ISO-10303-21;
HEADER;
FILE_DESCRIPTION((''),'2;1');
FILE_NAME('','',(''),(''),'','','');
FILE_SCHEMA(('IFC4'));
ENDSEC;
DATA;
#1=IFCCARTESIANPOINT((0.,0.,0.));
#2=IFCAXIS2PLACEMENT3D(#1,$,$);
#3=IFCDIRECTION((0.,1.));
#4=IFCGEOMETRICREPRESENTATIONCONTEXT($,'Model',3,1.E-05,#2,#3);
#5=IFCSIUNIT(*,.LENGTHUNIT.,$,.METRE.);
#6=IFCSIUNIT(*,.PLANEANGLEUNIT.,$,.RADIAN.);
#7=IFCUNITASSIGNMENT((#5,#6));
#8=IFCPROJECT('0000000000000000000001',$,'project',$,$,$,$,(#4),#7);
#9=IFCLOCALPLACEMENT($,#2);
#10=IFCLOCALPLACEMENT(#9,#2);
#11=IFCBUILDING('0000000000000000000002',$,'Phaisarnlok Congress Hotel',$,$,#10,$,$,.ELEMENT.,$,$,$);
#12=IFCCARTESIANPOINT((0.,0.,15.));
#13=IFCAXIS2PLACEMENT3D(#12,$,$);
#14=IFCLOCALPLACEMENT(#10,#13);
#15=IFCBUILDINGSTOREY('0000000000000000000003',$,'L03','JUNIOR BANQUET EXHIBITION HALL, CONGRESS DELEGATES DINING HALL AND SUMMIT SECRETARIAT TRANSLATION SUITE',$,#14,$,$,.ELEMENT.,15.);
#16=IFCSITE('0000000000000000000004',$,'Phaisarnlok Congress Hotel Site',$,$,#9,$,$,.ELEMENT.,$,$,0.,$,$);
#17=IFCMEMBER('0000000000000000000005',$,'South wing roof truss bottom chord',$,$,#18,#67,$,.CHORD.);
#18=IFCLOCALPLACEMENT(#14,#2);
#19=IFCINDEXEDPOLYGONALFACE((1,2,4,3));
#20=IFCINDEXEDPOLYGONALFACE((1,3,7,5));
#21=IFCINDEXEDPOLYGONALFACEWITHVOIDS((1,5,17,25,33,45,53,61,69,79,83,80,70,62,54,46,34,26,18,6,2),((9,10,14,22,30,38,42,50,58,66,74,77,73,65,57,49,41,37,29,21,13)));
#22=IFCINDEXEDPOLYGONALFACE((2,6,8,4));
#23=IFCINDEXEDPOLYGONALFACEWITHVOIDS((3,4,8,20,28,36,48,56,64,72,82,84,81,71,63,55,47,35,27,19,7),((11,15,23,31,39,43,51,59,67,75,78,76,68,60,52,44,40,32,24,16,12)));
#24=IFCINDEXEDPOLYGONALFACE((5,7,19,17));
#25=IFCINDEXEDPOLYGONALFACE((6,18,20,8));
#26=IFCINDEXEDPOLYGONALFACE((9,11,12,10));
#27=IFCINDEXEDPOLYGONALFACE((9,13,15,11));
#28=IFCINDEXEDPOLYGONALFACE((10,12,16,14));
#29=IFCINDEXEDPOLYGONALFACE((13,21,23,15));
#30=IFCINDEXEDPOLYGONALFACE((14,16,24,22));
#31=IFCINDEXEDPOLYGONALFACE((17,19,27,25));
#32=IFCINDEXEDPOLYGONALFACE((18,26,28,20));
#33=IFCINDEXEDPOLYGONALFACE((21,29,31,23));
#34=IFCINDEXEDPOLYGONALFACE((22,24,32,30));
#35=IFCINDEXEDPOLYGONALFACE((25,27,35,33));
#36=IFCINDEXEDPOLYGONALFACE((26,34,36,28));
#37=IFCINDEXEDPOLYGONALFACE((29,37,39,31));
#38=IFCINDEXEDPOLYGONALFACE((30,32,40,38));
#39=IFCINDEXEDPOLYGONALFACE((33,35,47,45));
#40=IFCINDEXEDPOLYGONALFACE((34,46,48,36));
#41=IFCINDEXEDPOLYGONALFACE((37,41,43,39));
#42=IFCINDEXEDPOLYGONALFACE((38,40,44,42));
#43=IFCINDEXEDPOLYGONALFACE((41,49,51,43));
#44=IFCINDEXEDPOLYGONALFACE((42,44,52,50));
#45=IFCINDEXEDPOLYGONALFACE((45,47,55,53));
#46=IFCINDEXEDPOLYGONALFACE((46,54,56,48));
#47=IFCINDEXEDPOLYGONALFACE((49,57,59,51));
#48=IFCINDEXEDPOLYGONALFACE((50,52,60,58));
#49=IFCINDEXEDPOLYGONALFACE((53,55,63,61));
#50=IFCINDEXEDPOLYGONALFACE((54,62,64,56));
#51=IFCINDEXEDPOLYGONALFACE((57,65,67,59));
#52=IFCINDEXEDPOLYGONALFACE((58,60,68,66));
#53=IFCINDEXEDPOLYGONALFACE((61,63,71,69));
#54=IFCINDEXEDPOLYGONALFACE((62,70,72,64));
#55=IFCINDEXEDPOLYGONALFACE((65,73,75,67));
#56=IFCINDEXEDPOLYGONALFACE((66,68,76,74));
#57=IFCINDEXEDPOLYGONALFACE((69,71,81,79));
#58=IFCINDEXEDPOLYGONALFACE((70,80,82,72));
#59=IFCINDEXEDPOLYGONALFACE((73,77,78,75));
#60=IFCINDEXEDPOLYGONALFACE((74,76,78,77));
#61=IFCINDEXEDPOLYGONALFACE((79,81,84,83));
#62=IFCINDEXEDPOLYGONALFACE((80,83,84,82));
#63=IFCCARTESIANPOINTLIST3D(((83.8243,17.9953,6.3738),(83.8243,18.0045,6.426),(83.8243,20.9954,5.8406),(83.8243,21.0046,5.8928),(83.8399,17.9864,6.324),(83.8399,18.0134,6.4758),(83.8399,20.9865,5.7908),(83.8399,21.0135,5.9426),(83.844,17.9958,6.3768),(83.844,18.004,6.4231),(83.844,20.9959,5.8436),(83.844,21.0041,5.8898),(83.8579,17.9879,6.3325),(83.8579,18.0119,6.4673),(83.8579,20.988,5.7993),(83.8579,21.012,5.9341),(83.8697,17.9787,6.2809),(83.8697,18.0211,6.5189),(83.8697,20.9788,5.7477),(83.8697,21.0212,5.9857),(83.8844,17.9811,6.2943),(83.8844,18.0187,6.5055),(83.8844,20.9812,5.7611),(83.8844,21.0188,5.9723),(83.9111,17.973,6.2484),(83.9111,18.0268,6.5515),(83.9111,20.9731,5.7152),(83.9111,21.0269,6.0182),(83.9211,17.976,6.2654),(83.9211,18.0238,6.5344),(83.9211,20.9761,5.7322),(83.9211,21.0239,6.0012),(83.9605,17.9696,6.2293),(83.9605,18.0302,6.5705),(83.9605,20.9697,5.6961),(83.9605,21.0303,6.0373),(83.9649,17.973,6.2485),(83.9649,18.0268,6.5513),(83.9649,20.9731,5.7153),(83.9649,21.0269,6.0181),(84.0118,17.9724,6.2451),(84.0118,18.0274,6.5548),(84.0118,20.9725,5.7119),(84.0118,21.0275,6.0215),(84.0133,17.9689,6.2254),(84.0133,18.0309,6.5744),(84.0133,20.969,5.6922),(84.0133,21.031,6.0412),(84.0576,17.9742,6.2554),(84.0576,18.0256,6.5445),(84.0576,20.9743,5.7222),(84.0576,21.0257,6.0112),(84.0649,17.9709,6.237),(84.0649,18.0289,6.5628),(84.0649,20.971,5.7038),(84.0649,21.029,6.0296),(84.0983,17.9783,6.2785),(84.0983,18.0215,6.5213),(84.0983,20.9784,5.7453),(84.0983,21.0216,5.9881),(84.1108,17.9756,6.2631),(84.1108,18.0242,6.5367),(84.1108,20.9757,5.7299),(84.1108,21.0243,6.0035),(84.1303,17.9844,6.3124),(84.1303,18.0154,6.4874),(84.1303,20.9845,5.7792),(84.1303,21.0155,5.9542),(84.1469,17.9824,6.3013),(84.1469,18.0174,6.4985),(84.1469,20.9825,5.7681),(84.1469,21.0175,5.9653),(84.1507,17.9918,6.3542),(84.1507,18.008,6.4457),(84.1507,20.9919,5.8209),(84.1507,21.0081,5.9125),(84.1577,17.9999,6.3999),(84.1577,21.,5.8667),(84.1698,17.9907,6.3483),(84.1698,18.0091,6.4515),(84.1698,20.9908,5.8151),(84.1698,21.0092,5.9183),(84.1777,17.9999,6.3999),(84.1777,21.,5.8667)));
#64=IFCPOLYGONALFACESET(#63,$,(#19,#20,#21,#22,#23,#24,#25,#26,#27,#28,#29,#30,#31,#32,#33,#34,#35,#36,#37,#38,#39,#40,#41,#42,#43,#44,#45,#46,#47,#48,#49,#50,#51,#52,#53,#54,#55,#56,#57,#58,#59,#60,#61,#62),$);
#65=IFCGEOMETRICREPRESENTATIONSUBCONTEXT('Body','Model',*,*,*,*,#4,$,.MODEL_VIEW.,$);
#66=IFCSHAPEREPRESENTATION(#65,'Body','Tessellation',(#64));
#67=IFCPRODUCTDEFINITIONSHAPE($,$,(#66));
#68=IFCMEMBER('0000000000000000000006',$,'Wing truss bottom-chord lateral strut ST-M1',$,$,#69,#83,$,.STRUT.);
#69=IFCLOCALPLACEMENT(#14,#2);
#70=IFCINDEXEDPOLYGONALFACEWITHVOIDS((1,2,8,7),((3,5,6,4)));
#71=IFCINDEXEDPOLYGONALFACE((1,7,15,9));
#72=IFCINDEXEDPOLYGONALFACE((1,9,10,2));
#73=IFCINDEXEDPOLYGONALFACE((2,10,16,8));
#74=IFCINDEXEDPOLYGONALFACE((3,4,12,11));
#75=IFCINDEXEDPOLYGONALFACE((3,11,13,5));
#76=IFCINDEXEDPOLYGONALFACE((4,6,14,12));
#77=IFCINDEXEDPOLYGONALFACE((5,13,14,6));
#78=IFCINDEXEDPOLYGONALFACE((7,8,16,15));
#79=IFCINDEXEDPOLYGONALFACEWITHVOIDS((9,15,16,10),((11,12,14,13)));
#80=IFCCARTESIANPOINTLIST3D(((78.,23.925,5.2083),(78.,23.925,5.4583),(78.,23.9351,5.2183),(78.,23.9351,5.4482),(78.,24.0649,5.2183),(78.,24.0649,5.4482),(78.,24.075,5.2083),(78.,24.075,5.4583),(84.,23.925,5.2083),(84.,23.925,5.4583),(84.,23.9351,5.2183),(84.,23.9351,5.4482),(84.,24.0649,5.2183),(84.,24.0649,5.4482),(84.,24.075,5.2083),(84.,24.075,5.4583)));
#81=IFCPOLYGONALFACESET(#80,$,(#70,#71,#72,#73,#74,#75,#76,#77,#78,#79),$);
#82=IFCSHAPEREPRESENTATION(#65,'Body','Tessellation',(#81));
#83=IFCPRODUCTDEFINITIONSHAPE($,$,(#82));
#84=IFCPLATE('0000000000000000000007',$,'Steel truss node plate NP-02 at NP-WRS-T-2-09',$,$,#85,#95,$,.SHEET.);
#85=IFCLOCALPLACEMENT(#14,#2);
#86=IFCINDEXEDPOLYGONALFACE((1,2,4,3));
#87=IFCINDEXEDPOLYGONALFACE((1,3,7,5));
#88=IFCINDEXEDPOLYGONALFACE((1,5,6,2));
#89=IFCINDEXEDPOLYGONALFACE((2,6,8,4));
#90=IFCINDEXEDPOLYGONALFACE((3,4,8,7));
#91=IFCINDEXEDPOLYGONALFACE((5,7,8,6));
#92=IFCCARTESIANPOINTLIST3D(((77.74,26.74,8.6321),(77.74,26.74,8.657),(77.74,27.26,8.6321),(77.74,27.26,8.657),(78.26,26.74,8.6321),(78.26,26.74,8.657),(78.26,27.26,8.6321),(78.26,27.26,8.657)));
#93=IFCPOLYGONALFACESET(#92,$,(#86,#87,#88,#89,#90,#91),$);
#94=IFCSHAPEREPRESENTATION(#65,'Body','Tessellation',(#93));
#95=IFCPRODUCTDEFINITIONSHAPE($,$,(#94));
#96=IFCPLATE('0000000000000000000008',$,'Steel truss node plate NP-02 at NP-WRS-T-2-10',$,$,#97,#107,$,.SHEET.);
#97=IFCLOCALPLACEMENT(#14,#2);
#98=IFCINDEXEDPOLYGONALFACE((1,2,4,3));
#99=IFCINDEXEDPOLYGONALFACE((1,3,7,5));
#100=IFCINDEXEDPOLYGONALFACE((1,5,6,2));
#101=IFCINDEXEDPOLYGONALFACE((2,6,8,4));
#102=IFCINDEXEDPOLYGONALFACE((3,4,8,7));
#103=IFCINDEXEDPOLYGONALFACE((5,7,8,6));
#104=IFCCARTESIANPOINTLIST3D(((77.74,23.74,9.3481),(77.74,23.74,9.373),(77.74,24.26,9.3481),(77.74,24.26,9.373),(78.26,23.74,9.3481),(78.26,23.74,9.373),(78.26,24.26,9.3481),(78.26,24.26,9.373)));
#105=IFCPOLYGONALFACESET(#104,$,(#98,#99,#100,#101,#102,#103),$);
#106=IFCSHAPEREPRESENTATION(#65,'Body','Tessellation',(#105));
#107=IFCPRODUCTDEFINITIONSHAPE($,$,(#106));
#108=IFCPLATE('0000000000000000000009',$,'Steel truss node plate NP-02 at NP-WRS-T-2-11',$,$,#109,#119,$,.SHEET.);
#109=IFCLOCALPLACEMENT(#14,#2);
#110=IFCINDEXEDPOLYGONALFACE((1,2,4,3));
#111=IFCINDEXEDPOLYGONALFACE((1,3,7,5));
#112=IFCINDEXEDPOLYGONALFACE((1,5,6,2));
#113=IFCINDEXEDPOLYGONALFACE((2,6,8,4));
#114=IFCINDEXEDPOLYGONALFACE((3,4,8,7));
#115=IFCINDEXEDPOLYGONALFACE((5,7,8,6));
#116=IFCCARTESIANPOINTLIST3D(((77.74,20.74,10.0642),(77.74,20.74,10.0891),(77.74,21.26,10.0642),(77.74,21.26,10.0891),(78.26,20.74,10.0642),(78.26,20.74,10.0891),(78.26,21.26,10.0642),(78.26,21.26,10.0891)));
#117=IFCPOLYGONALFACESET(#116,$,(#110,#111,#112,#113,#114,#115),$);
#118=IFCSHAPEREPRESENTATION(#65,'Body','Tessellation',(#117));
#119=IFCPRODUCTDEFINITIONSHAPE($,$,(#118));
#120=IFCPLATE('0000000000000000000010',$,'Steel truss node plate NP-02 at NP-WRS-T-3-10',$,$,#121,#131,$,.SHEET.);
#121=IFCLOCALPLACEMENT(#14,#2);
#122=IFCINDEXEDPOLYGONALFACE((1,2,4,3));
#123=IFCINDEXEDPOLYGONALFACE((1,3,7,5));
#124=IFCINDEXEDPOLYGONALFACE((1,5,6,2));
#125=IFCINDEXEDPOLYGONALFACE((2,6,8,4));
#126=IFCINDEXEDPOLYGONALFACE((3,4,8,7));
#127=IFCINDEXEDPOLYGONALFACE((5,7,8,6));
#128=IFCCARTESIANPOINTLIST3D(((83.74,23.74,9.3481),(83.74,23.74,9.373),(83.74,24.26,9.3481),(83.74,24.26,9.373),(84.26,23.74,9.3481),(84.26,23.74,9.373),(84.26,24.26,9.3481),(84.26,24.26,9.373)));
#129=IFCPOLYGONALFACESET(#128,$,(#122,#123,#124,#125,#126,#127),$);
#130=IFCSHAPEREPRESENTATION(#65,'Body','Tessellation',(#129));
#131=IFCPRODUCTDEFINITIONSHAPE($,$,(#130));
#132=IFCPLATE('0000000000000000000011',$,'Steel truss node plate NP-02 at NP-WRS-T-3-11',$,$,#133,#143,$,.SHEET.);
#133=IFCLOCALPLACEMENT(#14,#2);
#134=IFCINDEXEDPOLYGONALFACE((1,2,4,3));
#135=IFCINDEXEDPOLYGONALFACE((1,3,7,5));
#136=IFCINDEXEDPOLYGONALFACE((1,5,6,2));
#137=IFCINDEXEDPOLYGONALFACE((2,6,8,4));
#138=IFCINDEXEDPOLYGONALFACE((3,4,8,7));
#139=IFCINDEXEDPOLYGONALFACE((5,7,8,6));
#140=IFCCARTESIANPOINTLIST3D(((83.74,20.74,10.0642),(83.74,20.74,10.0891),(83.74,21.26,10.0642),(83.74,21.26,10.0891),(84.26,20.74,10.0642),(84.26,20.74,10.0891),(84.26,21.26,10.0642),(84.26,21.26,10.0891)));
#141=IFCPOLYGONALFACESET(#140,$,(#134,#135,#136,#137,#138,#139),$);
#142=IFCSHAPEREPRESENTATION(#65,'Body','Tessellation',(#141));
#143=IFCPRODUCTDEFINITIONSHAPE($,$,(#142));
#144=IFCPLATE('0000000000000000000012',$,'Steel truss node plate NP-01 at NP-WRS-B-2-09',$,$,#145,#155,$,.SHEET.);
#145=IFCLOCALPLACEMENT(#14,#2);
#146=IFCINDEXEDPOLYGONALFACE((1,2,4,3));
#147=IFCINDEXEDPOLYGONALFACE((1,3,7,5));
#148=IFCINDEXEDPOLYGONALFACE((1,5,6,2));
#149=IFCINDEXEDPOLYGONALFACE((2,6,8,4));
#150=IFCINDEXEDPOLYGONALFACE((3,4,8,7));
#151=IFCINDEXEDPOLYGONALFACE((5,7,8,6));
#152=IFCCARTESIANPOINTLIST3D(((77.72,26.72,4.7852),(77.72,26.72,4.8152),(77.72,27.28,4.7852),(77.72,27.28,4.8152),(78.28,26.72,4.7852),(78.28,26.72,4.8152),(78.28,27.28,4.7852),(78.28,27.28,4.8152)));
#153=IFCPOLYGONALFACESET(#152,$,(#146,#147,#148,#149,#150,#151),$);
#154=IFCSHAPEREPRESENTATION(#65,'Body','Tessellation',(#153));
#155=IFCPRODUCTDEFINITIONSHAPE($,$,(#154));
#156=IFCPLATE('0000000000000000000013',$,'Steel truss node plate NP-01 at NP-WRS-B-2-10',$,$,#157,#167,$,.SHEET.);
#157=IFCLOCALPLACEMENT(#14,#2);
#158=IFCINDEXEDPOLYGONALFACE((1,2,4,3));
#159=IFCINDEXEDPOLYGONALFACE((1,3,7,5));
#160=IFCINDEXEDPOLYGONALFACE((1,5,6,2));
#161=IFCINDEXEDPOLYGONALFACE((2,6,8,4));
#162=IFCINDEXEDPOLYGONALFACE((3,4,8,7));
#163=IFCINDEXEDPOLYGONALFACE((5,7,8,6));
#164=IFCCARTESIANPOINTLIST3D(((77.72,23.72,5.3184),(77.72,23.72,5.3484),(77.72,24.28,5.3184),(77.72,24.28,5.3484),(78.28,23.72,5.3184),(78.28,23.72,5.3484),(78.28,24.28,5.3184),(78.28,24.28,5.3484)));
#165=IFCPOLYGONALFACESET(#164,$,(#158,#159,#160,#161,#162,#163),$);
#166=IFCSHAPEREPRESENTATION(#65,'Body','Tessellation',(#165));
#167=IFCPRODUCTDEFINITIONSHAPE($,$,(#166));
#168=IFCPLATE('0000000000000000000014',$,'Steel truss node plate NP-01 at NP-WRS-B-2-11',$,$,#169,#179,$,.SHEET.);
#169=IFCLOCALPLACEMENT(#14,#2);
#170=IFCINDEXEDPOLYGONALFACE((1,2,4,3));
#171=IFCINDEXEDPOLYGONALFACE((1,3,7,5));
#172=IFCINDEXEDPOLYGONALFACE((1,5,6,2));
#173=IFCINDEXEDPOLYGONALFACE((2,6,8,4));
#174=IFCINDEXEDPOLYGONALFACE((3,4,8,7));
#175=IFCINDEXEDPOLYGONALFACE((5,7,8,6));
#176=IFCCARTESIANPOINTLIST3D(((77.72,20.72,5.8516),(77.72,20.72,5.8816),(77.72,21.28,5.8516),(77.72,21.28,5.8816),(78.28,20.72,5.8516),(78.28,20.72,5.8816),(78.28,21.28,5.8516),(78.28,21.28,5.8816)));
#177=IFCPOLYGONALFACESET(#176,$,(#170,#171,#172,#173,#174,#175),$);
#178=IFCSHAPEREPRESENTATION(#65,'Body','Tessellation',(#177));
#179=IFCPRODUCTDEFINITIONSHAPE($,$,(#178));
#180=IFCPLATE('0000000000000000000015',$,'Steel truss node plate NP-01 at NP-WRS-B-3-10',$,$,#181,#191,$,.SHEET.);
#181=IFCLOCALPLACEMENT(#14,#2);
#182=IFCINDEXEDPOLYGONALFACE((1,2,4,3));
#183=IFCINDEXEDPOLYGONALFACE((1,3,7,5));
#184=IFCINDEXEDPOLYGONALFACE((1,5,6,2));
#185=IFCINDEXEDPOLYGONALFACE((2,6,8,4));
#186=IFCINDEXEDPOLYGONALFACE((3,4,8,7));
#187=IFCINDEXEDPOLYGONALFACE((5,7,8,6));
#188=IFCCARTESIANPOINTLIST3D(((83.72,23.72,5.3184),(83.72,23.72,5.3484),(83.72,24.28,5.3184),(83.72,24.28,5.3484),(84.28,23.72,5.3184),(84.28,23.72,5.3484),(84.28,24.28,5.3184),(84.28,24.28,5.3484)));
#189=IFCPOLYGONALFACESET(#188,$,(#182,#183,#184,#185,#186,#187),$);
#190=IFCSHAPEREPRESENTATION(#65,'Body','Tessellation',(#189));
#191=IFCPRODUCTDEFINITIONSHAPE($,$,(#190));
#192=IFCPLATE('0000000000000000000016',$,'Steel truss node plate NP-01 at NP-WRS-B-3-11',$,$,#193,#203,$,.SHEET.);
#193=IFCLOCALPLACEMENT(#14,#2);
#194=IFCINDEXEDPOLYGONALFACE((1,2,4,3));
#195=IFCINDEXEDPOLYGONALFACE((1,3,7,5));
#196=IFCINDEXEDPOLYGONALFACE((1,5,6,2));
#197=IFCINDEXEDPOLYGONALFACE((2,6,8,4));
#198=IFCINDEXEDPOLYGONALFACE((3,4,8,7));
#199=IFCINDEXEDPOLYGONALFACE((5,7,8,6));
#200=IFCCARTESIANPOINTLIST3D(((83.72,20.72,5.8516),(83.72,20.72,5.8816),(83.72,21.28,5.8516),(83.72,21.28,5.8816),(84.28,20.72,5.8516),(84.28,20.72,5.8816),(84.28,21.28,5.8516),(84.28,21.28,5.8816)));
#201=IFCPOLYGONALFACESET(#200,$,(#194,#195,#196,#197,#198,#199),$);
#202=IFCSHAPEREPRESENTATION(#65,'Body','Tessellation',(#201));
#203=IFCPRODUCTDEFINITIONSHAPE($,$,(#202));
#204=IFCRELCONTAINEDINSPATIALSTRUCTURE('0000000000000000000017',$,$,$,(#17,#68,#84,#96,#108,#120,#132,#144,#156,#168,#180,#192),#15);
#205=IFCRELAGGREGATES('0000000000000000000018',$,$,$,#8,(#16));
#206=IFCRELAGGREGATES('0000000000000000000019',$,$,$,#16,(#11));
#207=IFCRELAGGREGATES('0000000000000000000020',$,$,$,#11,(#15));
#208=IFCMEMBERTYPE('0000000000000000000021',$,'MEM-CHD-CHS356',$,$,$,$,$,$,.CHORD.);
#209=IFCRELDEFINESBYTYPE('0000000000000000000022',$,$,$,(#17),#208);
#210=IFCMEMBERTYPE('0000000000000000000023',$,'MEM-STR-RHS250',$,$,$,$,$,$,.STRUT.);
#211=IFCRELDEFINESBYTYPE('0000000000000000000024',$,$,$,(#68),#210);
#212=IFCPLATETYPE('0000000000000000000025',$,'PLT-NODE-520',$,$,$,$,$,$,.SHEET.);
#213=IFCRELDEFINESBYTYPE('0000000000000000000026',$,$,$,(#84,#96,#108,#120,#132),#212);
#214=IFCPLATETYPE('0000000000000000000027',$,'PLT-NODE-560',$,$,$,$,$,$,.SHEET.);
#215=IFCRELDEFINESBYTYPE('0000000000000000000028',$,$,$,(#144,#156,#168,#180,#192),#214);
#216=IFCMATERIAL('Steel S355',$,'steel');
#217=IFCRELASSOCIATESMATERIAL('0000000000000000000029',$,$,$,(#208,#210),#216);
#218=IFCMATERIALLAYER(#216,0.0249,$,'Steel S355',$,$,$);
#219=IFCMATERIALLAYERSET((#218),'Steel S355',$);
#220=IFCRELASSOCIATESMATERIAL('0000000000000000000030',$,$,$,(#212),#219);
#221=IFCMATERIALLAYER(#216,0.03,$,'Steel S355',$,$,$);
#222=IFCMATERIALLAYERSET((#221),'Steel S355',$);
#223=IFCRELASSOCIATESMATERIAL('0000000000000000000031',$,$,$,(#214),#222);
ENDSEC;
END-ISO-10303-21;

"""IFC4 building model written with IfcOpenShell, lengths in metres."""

from ifc_helpers import new_model, si_unit, direction, frame, origin, origin_2d, place, context, subcontext, project, spatial, rectangle, hollow_rectangle, hollow_circle, extrude, material, layer, layer_set, material_profile, profile_set, type_object, element, save


model = new_model("IFC4")

# Units and contexts
model_context = context("Model", 3, precision=1e-05, world=origin(), true_north=direction((0.0, 1.0)))
body_context = subcontext(model_context, "Body", "Model", "MODEL_VIEW")
ifc_project = project(units=[si_unit("LENGTHUNIT", "METRE"), si_unit("PLANEANGLEUNIT", "RADIAN")], contexts=[model_context])

# Site, building, storey
site_placement = place(None, origin())
site = spatial("IfcSite", under=ifc_project, at=site_placement, Name="Phaisarnlok Congress Hotel Site", CompositionType="ELEMENT", RefElevation=0.0)
building_placement = place(site_placement, origin())
building = spatial("IfcBuilding", under=site, at=building_placement, Name="Phaisarnlok Congress Hotel", CompositionType="ELEMENT")
storey_placement = place(building_placement, frame((0.0, 0.0, 15.0)))
storey = spatial("IfcBuildingStorey", under=building, at=storey_placement, Name="L03", Description="JUNIOR BANQUET EXHIBITION HALL, CONGRESS DELEGATES DINING HALL AND SUMMIT SECRETARIAT TRANSLATION SUITE", CompositionType="ELEMENT", Elevation=15.0)

# Shared definitions
ifc_material_1 = material(Name="Steel S355", Category="steel")

# Members
ifc_material_profile_1 = material_profile(ifc_material_1, hollow_circle(Radius=0.1777, WallThickness=0.02, at=origin_2d()), Name="CHS 355.6x20")
ifc_profile_set_1 = profile_set([ifc_material_profile_1], Name="Steel S355")
member_type_1 = type_object("IfcMemberType", Name="MEM-CHD-CHS356", PredefinedType="CHORD", material=ifc_profile_set_1)
for number, where, z_axis, x_axis, name in (
    (1, (84.0, 21.0, 5.8667), (0.0, -0.98457, 0.174992), (1.0, 0.0, 0.0), "South wing roof truss bottom chord"),
):
    element("IfcMember", number, at=place(storey_placement, frame(where, z_axis=z_axis, x_axis=x_axis)), inside=storey, type_object=member_type_1, Name=name, PredefinedType="CHORD", context=body_context, shape_type="SweptSolid", body=[
        extrude(hollow_circle(Radius=0.1777, WallThickness=0.02, at=origin_2d()), origin(), (0.0, 0.0, 1.0), 3.0471),
    ])
ifc_material_profile_2 = material_profile(ifc_material_1, hollow_rectangle(XDim=0.1499, YDim=0.25, WallThickness=0.01, at=origin_2d()), Name="RHS 250x150x10")
ifc_profile_set_2 = profile_set([ifc_material_profile_2], Name="Steel S355")
member_type_2 = type_object("IfcMemberType", Name="MEM-STR-RHS250", PredefinedType="STRUT", material=ifc_profile_set_2)
member_1_placement = place(storey_placement, frame((78.0, 24.0, 5.3333), z_axis=(1.0, 0.0, 0.0), x_axis=(0.0, 1.0, 0.0)))
element("IfcMember", 2, at=member_1_placement, inside=storey, type_object=member_type_2, Name="Wing truss bottom-chord lateral strut ST-M1", PredefinedType="STRUT", context=body_context, shape_type="SweptSolid", body=[
    extrude(hollow_rectangle(XDim=0.1499, YDim=0.25, WallThickness=0.01, at=origin_2d()), origin(), (0.0, 0.0, 1.0), 6.0),
])

# Plates
ifc_layer_1 = layer(ifc_material_1, 0.0249, Name="Steel S355")
ifc_layer_set_1 = layer_set([ifc_layer_1], Name="Steel S355")
plate_type_1 = type_object("IfcPlateType", Name="PLT-NODE-520", PredefinedType="SHEET", material=ifc_layer_set_1)
for number, where, z_axis, x_axis, name in (
    (3, (78.0, 27.0, 8.6321), (0.0, 0.0, 1.0), (1.0, 0.0, 0.0), "Steel truss node plate NP-02 at NP-WRS-T-2-09"),
    (4, (78.0, 24.0, 9.3481), (0.0, 0.0, 1.0), (1.0, 0.0, 0.0), "Steel truss node plate NP-02 at NP-WRS-T-2-10"),
    (5, (78.0, 21.0, 10.0642), (0.0, 0.0, 1.0), (1.0, 0.0, 0.0), "Steel truss node plate NP-02 at NP-WRS-T-2-11"),
    (6, (84.0, 24.0, 9.3481), (0.0, 0.0, 1.0), (1.0, 0.0, 0.0), "Steel truss node plate NP-02 at NP-WRS-T-3-10"),
    (7, (84.0, 21.0, 10.0642), (0.0, 0.0, 1.0), (1.0, 0.0, 0.0), "Steel truss node plate NP-02 at NP-WRS-T-3-11"),
):
    element("IfcPlate", number, at=place(storey_placement, frame(where, z_axis=z_axis, x_axis=x_axis)), inside=storey, type_object=plate_type_1, Name=name, PredefinedType="SHEET", context=body_context, shape_type="SweptSolid", body=[
        extrude(rectangle(XDim=0.52, YDim=0.52, at=origin_2d()), origin(), (0.0, 0.0, 1.0), 0.0249),
    ])
ifc_layer_2 = layer(ifc_material_1, 0.03, Name="Steel S355")
ifc_layer_set_2 = layer_set([ifc_layer_2], Name="Steel S355")
plate_type_2 = type_object("IfcPlateType", Name="PLT-NODE-560", PredefinedType="SHEET", material=ifc_layer_set_2)
for number, where, z_axis, x_axis, name in (
    (8, (78.0, 27.0, 4.7852), (0.0, 0.0, 1.0), (1.0, 0.0, 0.0), "Steel truss node plate NP-01 at NP-WRS-B-2-09"),
    (9, (78.0, 24.0, 5.3184), (0.0, 0.0, 1.0), (1.0, 0.0, 0.0), "Steel truss node plate NP-01 at NP-WRS-B-2-10"),
    (10, (78.0, 21.0, 5.8516), (0.0, 0.0, 1.0), (1.0, 0.0, 0.0), "Steel truss node plate NP-01 at NP-WRS-B-2-11"),
    (11, (84.0, 24.0, 5.3184), (0.0, 0.0, 1.0), (1.0, 0.0, 0.0), "Steel truss node plate NP-01 at NP-WRS-B-3-10"),
    (12, (84.0, 21.0, 5.8516), (0.0, 0.0, 1.0), (1.0, 0.0, 0.0), "Steel truss node plate NP-01 at NP-WRS-B-3-11"),
):
    element("IfcPlate", number, at=place(storey_placement, frame(where, z_axis=z_axis, x_axis=x_axis)), inside=storey, type_object=plate_type_2, Name=name, PredefinedType="SHEET", context=body_context, shape_type="SweptSolid", body=[
        extrude(rectangle(XDim=0.5601, YDim=0.5601, at=origin_2d()), origin(), (0.0, 0.0, 1.0), 0.03),
    ])

save(model, "model.ifc")
